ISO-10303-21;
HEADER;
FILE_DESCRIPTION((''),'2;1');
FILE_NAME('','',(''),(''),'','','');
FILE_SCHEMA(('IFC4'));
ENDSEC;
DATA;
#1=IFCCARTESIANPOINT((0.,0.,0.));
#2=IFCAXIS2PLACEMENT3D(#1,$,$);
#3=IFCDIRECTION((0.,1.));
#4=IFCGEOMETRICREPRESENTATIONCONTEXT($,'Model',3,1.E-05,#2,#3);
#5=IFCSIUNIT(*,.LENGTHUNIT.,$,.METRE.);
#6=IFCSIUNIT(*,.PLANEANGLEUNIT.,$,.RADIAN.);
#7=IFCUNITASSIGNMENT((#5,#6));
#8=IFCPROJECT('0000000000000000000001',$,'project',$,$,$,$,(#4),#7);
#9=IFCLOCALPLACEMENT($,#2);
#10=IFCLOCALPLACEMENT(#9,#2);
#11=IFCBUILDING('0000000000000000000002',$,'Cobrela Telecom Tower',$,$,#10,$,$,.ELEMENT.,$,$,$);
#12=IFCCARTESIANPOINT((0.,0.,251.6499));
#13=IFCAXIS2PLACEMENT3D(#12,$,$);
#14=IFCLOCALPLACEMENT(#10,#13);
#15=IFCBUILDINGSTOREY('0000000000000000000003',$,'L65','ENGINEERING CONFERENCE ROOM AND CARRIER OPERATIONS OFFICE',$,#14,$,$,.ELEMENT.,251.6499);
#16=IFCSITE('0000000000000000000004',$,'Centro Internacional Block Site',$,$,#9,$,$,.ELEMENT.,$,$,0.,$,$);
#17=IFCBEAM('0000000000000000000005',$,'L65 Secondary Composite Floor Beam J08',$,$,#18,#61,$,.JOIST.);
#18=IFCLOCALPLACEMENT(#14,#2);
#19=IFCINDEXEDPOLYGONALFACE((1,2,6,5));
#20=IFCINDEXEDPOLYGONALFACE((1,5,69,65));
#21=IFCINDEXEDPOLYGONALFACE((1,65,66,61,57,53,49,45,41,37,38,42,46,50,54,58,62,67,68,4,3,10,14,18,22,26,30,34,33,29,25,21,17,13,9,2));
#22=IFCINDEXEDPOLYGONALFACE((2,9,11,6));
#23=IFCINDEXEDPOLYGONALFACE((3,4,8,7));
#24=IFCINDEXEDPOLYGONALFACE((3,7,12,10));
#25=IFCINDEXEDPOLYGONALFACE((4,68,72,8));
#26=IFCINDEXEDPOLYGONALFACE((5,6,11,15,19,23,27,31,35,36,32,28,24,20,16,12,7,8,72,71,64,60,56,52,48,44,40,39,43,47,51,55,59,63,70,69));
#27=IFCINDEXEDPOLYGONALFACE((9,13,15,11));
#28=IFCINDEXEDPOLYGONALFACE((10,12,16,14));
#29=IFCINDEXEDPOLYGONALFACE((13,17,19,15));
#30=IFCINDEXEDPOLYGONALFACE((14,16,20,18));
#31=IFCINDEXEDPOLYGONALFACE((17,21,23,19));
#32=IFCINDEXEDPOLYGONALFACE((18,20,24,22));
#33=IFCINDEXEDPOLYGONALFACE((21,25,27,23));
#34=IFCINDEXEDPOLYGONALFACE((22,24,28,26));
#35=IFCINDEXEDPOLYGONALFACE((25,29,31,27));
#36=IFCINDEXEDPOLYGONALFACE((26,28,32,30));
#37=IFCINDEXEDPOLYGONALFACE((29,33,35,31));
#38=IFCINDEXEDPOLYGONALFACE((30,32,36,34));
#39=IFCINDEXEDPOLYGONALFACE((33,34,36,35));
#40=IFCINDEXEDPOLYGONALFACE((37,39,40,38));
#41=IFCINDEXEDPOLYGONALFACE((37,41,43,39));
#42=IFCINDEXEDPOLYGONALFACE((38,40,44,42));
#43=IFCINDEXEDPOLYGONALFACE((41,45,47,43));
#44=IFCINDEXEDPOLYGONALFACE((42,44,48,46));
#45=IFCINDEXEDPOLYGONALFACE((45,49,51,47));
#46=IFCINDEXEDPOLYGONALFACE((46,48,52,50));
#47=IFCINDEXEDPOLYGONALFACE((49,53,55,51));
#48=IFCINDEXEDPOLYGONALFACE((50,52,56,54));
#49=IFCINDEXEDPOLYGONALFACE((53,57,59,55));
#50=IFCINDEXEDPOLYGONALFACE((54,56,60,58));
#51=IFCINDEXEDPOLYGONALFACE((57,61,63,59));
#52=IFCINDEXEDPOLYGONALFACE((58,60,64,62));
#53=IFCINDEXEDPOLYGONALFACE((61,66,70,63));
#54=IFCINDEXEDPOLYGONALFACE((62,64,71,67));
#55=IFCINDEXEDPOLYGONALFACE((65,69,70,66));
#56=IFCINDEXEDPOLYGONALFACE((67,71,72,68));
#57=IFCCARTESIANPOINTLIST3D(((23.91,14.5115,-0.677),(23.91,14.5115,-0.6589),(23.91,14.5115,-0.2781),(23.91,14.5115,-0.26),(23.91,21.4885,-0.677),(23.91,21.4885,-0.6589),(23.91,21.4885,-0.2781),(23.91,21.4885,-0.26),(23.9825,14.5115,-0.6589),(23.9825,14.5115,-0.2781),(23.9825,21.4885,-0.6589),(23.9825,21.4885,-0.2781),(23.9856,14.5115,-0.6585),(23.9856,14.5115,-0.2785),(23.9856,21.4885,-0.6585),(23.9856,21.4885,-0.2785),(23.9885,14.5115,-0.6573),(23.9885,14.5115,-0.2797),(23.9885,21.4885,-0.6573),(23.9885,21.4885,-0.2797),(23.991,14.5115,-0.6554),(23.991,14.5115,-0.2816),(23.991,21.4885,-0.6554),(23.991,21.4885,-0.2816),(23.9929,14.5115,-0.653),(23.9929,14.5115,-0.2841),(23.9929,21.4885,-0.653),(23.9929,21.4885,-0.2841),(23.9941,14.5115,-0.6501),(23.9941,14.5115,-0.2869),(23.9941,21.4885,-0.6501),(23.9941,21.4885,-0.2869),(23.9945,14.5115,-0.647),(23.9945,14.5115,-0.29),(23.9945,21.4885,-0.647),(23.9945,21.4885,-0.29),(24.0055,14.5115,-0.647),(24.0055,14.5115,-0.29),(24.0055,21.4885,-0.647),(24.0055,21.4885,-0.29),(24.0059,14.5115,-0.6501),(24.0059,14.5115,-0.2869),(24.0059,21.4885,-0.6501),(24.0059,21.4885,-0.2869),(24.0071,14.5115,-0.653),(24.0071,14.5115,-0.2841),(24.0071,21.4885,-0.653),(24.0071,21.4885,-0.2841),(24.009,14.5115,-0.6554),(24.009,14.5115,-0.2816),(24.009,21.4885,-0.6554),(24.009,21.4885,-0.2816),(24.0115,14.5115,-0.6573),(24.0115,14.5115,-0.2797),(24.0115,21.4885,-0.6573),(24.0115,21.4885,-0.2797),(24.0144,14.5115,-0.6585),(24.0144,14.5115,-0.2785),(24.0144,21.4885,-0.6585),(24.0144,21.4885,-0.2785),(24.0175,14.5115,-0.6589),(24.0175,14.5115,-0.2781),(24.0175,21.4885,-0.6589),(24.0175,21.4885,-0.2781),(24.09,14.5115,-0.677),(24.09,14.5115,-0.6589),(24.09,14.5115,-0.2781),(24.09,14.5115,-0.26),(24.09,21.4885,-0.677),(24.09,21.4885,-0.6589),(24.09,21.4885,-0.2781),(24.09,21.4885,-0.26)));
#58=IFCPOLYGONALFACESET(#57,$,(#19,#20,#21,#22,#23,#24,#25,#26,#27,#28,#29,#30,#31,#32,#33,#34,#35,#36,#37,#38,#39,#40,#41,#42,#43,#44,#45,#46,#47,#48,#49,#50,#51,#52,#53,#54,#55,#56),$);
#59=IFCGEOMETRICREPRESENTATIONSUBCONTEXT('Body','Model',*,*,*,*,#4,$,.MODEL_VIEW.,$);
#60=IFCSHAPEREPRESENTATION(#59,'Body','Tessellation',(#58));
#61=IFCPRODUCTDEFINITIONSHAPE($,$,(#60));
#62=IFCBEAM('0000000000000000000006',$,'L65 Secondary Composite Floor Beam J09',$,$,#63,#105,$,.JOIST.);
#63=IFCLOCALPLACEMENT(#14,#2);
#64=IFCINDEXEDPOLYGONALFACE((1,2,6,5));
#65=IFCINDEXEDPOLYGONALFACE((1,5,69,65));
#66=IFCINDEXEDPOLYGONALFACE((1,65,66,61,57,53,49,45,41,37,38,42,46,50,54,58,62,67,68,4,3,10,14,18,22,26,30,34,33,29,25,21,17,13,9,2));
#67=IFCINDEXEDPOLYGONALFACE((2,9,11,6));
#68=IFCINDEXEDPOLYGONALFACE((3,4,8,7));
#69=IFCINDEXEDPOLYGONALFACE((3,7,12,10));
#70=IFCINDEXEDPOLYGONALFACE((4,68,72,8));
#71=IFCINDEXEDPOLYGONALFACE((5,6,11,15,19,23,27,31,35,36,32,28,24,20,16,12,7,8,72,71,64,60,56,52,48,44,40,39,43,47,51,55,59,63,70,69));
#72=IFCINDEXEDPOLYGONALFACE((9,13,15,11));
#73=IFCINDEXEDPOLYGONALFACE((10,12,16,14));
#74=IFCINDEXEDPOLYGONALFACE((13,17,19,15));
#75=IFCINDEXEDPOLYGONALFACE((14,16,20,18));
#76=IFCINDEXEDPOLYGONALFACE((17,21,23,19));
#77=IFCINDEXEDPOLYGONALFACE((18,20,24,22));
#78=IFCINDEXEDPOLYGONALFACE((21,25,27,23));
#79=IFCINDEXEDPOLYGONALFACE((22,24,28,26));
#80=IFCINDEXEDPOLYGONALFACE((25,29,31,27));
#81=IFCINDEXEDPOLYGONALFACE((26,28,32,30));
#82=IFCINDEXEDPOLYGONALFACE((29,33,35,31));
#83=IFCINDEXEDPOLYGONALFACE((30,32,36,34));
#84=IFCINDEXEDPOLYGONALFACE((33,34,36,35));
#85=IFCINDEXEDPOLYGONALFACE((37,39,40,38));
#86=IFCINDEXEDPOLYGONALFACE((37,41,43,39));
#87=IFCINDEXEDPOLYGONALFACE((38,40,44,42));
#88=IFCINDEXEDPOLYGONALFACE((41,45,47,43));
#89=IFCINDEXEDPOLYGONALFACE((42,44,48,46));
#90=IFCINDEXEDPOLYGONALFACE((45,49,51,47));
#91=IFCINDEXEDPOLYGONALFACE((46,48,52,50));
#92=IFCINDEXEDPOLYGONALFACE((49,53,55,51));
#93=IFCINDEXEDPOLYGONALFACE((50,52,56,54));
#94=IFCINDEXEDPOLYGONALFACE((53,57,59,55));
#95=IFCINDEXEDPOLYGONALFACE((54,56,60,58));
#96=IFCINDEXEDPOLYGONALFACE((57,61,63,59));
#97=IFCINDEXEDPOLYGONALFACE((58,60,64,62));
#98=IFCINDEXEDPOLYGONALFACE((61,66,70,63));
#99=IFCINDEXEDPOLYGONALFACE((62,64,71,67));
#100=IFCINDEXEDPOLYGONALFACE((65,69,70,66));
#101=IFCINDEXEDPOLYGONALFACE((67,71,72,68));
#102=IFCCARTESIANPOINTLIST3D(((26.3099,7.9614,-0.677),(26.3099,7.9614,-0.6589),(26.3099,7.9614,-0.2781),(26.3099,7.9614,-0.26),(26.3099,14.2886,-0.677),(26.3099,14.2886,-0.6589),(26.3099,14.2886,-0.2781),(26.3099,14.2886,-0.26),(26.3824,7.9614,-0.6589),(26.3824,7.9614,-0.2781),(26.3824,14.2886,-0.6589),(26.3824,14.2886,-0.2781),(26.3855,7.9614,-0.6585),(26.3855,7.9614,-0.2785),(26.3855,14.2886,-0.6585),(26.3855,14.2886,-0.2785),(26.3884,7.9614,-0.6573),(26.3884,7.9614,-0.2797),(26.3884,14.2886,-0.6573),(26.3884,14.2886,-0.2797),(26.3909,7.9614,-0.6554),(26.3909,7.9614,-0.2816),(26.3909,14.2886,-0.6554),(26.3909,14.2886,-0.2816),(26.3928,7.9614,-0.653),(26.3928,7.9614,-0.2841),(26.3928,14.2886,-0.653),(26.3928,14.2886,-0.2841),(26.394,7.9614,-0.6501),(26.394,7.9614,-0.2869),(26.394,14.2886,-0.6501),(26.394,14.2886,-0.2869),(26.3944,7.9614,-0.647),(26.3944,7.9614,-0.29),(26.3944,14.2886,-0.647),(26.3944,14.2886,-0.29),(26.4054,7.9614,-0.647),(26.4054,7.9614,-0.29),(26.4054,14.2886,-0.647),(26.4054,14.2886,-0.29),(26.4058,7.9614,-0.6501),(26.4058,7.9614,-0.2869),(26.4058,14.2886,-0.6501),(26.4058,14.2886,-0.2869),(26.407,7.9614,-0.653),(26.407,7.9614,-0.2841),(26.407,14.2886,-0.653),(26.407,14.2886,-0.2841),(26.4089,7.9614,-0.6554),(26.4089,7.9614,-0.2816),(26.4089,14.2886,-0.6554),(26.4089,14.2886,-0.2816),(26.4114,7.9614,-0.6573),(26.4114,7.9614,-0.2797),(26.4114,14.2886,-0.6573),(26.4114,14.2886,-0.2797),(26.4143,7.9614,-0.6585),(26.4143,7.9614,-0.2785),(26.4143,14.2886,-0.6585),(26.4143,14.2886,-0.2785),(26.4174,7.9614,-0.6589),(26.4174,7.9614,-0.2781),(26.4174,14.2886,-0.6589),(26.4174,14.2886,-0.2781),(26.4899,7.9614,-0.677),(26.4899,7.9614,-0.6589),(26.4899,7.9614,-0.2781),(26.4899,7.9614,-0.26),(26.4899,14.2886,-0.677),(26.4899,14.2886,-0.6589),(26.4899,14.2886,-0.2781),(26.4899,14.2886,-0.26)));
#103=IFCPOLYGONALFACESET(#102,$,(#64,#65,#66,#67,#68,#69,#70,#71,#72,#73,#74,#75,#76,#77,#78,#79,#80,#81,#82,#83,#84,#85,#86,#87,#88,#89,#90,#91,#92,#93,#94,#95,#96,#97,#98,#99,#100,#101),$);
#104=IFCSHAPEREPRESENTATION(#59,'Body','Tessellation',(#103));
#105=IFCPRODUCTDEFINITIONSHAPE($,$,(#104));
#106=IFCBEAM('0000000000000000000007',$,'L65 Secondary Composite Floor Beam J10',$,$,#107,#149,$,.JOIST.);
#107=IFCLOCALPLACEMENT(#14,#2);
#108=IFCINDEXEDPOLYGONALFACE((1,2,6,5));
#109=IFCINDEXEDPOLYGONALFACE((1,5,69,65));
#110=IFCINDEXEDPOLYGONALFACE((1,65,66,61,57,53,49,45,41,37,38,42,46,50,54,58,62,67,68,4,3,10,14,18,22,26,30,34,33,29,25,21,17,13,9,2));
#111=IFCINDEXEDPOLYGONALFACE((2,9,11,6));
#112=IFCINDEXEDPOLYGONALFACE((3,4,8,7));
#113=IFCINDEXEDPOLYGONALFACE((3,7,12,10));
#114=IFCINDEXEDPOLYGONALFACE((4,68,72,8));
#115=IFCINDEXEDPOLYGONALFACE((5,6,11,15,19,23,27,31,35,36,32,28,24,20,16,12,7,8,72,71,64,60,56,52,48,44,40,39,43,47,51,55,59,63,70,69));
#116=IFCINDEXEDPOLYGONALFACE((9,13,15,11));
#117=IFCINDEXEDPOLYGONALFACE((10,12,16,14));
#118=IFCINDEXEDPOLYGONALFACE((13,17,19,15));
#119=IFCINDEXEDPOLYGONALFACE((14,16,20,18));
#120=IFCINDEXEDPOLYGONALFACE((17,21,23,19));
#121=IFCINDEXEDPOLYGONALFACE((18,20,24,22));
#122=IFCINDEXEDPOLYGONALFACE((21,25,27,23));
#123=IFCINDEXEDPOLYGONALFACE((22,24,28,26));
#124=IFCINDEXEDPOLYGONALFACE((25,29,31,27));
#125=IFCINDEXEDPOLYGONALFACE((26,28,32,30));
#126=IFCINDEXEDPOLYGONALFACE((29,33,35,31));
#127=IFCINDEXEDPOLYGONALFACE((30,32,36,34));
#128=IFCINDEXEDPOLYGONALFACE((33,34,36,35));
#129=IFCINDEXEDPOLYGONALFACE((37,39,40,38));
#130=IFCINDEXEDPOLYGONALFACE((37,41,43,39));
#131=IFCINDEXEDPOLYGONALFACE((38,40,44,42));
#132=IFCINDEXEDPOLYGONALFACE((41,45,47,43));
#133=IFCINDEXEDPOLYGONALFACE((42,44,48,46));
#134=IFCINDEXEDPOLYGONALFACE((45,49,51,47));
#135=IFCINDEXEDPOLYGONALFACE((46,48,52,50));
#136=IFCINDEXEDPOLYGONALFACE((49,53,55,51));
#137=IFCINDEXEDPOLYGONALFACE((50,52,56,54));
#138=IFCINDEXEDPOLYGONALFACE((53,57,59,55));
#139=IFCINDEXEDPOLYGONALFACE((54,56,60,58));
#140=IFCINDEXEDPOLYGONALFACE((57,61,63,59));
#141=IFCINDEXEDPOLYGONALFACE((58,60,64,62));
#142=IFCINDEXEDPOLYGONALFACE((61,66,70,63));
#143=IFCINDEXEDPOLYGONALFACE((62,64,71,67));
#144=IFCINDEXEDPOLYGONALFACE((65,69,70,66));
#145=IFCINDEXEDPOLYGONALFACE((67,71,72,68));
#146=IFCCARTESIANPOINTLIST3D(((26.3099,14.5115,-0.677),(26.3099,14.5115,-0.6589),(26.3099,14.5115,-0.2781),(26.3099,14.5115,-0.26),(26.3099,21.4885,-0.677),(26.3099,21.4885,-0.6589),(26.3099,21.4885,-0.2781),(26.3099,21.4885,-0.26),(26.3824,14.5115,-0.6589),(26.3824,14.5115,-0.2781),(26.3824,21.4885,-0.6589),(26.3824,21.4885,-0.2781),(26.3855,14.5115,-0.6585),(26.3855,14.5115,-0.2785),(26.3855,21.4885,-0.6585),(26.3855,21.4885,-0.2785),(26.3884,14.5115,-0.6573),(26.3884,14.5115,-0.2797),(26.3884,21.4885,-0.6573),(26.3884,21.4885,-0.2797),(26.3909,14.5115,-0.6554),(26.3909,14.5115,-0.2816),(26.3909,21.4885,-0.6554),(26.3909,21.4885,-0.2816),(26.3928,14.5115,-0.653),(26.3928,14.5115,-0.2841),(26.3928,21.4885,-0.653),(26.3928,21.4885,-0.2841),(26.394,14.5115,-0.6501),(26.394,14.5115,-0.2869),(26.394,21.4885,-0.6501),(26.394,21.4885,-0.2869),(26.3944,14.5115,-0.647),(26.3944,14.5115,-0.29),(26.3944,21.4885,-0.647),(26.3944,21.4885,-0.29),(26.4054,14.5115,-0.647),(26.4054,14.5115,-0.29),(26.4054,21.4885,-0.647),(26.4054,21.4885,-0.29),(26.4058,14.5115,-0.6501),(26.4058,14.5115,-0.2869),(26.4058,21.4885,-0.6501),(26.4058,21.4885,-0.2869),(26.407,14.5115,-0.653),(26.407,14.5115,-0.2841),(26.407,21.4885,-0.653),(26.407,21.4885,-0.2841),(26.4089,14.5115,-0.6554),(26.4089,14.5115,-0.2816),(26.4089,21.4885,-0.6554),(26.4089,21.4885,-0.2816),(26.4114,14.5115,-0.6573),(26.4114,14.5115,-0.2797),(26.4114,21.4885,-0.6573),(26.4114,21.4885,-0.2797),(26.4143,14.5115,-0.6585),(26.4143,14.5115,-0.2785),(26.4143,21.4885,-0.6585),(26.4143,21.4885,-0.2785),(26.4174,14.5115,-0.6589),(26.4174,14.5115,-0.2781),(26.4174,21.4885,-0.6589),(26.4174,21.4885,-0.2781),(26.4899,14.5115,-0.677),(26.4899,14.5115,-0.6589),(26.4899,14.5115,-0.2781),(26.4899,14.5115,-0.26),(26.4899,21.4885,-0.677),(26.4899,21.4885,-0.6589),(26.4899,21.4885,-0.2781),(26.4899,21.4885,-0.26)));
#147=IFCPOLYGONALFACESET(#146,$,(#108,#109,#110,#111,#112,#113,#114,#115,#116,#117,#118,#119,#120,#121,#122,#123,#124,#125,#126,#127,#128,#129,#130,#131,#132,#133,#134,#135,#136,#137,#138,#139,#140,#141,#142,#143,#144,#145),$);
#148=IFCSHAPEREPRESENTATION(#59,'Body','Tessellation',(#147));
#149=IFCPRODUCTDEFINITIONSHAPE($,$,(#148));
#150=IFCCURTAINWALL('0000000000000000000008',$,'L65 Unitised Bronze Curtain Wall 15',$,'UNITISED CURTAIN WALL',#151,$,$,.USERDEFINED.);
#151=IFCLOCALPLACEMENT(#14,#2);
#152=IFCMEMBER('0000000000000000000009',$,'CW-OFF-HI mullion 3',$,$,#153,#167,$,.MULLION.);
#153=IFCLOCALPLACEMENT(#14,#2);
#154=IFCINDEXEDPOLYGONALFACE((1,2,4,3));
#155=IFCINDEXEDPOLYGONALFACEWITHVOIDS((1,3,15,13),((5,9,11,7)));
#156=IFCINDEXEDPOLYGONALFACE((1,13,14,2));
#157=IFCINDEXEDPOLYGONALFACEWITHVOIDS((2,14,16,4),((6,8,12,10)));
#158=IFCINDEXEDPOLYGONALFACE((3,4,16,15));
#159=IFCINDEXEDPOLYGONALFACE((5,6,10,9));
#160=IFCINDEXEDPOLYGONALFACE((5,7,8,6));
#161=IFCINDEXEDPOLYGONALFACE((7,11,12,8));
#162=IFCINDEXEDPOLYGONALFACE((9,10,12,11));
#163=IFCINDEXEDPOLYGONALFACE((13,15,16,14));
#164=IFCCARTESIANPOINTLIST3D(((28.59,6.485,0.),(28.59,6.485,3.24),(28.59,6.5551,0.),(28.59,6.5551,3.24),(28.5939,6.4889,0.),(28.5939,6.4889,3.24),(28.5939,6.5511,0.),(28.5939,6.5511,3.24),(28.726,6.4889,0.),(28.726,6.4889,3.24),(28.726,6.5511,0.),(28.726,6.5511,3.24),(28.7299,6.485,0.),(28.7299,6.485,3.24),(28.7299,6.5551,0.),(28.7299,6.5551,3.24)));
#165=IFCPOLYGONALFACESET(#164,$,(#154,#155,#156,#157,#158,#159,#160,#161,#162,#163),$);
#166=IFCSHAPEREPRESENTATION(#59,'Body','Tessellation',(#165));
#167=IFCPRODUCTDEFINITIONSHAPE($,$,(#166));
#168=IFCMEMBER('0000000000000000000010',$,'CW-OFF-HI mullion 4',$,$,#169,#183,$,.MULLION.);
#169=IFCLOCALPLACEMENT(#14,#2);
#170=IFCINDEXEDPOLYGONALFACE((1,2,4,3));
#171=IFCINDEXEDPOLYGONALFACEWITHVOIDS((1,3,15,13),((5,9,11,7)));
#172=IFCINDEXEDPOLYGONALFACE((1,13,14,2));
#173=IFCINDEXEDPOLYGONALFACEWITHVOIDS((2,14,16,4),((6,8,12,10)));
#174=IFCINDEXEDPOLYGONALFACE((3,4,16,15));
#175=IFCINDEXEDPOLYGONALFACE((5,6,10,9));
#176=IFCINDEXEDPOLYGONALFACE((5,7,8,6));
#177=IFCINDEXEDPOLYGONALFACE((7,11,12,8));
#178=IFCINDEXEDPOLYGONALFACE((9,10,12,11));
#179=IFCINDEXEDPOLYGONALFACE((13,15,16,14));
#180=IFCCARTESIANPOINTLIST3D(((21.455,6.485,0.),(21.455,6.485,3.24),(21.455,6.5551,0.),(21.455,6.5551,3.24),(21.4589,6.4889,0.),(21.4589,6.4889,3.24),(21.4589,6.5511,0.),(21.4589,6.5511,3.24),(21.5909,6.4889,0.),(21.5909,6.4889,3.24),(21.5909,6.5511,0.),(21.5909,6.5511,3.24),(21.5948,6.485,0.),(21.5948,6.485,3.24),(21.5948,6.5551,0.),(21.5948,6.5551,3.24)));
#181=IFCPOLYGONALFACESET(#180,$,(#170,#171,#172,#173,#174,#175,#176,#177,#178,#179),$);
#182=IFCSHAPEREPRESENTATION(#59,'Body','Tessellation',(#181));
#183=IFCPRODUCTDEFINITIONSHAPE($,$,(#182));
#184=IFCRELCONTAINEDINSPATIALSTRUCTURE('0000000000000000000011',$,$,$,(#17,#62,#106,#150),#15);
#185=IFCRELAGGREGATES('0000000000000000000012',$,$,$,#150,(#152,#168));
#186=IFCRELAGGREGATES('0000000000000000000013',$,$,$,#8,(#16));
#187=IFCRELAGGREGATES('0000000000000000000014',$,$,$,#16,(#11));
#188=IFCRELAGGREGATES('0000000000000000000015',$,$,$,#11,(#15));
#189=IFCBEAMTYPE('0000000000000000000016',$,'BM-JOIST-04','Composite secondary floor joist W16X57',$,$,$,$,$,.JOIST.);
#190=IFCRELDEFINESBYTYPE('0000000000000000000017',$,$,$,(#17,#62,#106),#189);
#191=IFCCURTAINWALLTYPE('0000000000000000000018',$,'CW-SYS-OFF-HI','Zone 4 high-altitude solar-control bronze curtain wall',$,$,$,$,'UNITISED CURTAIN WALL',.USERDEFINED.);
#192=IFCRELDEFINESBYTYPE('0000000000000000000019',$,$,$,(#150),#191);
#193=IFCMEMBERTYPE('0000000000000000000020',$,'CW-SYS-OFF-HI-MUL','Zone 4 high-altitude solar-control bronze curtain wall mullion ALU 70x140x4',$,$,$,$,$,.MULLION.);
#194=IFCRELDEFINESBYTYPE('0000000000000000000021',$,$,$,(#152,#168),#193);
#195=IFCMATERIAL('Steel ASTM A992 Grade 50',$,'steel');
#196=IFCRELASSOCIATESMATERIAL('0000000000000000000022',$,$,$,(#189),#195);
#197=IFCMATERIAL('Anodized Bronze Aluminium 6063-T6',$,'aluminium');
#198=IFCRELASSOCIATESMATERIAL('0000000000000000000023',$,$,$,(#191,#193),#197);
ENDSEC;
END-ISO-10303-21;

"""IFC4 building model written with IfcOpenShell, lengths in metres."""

from ifc_helpers import new_model, si_unit, direction, frame, origin, origin_2d, place, context, subcontext, project, spatial, hollow_rectangle, i_section, extrude, material, material_profile, profile_set, type_object, element, aggregate, save


model = new_model("IFC4")

# Units and contexts
model_context = context("Model", 3, precision=1e-05, world=origin(), true_north=direction((0.0, 1.0)))
body_context = subcontext(model_context, "Body", "Model", "MODEL_VIEW")
ifc_project = project(units=[si_unit("LENGTHUNIT", "METRE"), si_unit("PLANEANGLEUNIT", "RADIAN")], contexts=[model_context])

# Site, building, storey
site_placement = place(None, origin())
site = spatial("IfcSite", under=ifc_project, at=site_placement, Name="Centro Internacional Block Site", CompositionType="ELEMENT", RefElevation=0.0)
building_placement = place(site_placement, origin())
building = spatial("IfcBuilding", under=site, at=building_placement, Name="Cobrela Telecom Tower", CompositionType="ELEMENT")
storey_placement = place(building_placement, frame((0.0, 0.0, 251.6499)))
storey = spatial("IfcBuildingStorey", under=building, at=storey_placement, Name="L65", Description="ENGINEERING CONFERENCE ROOM AND CARRIER OPERATIONS OFFICE", CompositionType="ELEMENT", Elevation=251.6499)

# Shared definitions
ifc_material_1 = material(Name="Steel ASTM A992 Grade 50", Category="steel")

# Beams
ifc_material_profile_1 = material_profile(ifc_material_1, i_section(OverallWidth=0.1799, OverallDepth=0.417, WebThickness=0.011, FlangeThickness=0.0181, FilletRadius=0.012, at=origin_2d()), Name="W16X57")
ifc_profile_set_1 = profile_set([ifc_material_profile_1], Name="Steel ASTM A992 Grade 50")
beam_type_1 = type_object("IfcBeamType", Name="BM-JOIST-04", Description="Composite secondary floor joist W16X57", PredefinedType="JOIST", material=ifc_profile_set_1)
beam_1_placement = place(storey_placement, frame((24.0, 14.5115, -0.4685), z_axis=(0.0, 1.0, 0.0), x_axis=(-1.0, 0.0, 0.0)))
element("IfcBeam", 1, at=beam_1_placement, inside=storey, type_object=beam_type_1, Name="L65 Secondary Composite Floor Beam J08", PredefinedType="JOIST", context=body_context, shape_type="SweptSolid", body=[
    extrude(i_section(OverallWidth=0.1799, OverallDepth=0.417, WebThickness=0.011, FlangeThickness=0.0181, FilletRadius=0.012, at=origin_2d()), origin(), (0.0, 0.0, 1.0), 6.9771),
])
beam_2_placement = place(storey_placement, frame((26.3999, 7.9614, -0.4685), z_axis=(0.0, 1.0, 0.0), x_axis=(-1.0, 0.0, 0.0)))
element("IfcBeam", 2, at=beam_2_placement, inside=storey, type_object=beam_type_1, Name="L65 Secondary Composite Floor Beam J09", PredefinedType="JOIST", context=body_context, shape_type="SweptSolid", body=[
    extrude(i_section(OverallWidth=0.1799, OverallDepth=0.417, WebThickness=0.011, FlangeThickness=0.0181, FilletRadius=0.012, at=origin_2d()), origin(), (0.0, 0.0, 1.0), 6.3271),
])
beam_3_placement = place(storey_placement, frame((26.3999, 14.5115, -0.4685), z_axis=(0.0, 1.0, 0.0), x_axis=(-1.0, 0.0, 0.0)))
element("IfcBeam", 3, at=beam_3_placement, inside=storey, type_object=beam_type_1, Name="L65 Secondary Composite Floor Beam J10", PredefinedType="JOIST", context=body_context, shape_type="SweptSolid", body=[
    extrude(i_section(OverallWidth=0.1799, OverallDepth=0.417, WebThickness=0.011, FlangeThickness=0.0181, FilletRadius=0.012, at=origin_2d()), origin(), (0.0, 0.0, 1.0), 6.9771),
])

# Curtain wall, members
ifc_material_2 = material(Name="Anodized Bronze Aluminium 6063-T6", Category="aluminium")
curtain_wall_type = type_object("IfcCurtainWallType", Name="CW-SYS-OFF-HI", Description="Zone 4 high-altitude solar-control bronze curtain wall", ElementType="UNITISED CURTAIN WALL", PredefinedType="USERDEFINED", material=ifc_material_2)
curtain_wall_placement = place(storey_placement, origin())
curtain_wall = element("IfcCurtainWall", 4, at=curtain_wall_placement, inside=storey, type_object=curtain_wall_type, Name="L65 Unitised Bronze Curtain Wall 15", ObjectType="UNITISED CURTAIN WALL", PredefinedType="USERDEFINED")
ifc_material_profile_2 = material_profile(ifc_material_2, hollow_rectangle(XDim=0.0701, YDim=0.1399, WallThickness=0.0039, at=origin_2d()), Name="ALU 70x140x4")
ifc_profile_set_2 = profile_set([ifc_material_profile_2], Name="Anodized Bronze Aluminium 6063-T6")
member_type_1 = type_object("IfcMemberType", Name="CW-SYS-OFF-HI-MUL", Description="Zone 4 high-altitude solar-control bronze curtain wall mullion ALU 70x140x4", PredefinedType="MULLION", material=ifc_profile_set_2)
member_1_placement = place(storey_placement, frame((28.6599, 6.52, 0.0), z_axis=(0.0, 0.0, 1.0), x_axis=(0.0, -1.0, 0.0)))
member_1 = element("IfcMember", 5, at=member_1_placement, type_object=member_type_1, Name="CW-OFF-HI mullion 3", PredefinedType="MULLION", context=body_context, shape_type="SweptSolid", body=[
    extrude(hollow_rectangle(XDim=0.0701, YDim=0.1399, WallThickness=0.0039, at=origin_2d()), origin(), (0.0, 0.0, 1.0), 3.24),
])
member_2_placement = place(storey_placement, frame((21.5249, 6.52, 0.0), z_axis=(0.0, 0.0, 1.0), x_axis=(0.0, -1.0, 0.0)))
member_2 = element("IfcMember", 6, at=member_2_placement, type_object=member_type_1, Name="CW-OFF-HI mullion 4", PredefinedType="MULLION", context=body_context, shape_type="SweptSolid", body=[
    extrude(hollow_rectangle(XDim=0.0701, YDim=0.1399, WallThickness=0.0039, at=origin_2d()), origin(), (0.0, 0.0, 1.0), 3.24),
])
aggregate(curtain_wall, [member_1, member_2])

save(model, "model.ifc")
